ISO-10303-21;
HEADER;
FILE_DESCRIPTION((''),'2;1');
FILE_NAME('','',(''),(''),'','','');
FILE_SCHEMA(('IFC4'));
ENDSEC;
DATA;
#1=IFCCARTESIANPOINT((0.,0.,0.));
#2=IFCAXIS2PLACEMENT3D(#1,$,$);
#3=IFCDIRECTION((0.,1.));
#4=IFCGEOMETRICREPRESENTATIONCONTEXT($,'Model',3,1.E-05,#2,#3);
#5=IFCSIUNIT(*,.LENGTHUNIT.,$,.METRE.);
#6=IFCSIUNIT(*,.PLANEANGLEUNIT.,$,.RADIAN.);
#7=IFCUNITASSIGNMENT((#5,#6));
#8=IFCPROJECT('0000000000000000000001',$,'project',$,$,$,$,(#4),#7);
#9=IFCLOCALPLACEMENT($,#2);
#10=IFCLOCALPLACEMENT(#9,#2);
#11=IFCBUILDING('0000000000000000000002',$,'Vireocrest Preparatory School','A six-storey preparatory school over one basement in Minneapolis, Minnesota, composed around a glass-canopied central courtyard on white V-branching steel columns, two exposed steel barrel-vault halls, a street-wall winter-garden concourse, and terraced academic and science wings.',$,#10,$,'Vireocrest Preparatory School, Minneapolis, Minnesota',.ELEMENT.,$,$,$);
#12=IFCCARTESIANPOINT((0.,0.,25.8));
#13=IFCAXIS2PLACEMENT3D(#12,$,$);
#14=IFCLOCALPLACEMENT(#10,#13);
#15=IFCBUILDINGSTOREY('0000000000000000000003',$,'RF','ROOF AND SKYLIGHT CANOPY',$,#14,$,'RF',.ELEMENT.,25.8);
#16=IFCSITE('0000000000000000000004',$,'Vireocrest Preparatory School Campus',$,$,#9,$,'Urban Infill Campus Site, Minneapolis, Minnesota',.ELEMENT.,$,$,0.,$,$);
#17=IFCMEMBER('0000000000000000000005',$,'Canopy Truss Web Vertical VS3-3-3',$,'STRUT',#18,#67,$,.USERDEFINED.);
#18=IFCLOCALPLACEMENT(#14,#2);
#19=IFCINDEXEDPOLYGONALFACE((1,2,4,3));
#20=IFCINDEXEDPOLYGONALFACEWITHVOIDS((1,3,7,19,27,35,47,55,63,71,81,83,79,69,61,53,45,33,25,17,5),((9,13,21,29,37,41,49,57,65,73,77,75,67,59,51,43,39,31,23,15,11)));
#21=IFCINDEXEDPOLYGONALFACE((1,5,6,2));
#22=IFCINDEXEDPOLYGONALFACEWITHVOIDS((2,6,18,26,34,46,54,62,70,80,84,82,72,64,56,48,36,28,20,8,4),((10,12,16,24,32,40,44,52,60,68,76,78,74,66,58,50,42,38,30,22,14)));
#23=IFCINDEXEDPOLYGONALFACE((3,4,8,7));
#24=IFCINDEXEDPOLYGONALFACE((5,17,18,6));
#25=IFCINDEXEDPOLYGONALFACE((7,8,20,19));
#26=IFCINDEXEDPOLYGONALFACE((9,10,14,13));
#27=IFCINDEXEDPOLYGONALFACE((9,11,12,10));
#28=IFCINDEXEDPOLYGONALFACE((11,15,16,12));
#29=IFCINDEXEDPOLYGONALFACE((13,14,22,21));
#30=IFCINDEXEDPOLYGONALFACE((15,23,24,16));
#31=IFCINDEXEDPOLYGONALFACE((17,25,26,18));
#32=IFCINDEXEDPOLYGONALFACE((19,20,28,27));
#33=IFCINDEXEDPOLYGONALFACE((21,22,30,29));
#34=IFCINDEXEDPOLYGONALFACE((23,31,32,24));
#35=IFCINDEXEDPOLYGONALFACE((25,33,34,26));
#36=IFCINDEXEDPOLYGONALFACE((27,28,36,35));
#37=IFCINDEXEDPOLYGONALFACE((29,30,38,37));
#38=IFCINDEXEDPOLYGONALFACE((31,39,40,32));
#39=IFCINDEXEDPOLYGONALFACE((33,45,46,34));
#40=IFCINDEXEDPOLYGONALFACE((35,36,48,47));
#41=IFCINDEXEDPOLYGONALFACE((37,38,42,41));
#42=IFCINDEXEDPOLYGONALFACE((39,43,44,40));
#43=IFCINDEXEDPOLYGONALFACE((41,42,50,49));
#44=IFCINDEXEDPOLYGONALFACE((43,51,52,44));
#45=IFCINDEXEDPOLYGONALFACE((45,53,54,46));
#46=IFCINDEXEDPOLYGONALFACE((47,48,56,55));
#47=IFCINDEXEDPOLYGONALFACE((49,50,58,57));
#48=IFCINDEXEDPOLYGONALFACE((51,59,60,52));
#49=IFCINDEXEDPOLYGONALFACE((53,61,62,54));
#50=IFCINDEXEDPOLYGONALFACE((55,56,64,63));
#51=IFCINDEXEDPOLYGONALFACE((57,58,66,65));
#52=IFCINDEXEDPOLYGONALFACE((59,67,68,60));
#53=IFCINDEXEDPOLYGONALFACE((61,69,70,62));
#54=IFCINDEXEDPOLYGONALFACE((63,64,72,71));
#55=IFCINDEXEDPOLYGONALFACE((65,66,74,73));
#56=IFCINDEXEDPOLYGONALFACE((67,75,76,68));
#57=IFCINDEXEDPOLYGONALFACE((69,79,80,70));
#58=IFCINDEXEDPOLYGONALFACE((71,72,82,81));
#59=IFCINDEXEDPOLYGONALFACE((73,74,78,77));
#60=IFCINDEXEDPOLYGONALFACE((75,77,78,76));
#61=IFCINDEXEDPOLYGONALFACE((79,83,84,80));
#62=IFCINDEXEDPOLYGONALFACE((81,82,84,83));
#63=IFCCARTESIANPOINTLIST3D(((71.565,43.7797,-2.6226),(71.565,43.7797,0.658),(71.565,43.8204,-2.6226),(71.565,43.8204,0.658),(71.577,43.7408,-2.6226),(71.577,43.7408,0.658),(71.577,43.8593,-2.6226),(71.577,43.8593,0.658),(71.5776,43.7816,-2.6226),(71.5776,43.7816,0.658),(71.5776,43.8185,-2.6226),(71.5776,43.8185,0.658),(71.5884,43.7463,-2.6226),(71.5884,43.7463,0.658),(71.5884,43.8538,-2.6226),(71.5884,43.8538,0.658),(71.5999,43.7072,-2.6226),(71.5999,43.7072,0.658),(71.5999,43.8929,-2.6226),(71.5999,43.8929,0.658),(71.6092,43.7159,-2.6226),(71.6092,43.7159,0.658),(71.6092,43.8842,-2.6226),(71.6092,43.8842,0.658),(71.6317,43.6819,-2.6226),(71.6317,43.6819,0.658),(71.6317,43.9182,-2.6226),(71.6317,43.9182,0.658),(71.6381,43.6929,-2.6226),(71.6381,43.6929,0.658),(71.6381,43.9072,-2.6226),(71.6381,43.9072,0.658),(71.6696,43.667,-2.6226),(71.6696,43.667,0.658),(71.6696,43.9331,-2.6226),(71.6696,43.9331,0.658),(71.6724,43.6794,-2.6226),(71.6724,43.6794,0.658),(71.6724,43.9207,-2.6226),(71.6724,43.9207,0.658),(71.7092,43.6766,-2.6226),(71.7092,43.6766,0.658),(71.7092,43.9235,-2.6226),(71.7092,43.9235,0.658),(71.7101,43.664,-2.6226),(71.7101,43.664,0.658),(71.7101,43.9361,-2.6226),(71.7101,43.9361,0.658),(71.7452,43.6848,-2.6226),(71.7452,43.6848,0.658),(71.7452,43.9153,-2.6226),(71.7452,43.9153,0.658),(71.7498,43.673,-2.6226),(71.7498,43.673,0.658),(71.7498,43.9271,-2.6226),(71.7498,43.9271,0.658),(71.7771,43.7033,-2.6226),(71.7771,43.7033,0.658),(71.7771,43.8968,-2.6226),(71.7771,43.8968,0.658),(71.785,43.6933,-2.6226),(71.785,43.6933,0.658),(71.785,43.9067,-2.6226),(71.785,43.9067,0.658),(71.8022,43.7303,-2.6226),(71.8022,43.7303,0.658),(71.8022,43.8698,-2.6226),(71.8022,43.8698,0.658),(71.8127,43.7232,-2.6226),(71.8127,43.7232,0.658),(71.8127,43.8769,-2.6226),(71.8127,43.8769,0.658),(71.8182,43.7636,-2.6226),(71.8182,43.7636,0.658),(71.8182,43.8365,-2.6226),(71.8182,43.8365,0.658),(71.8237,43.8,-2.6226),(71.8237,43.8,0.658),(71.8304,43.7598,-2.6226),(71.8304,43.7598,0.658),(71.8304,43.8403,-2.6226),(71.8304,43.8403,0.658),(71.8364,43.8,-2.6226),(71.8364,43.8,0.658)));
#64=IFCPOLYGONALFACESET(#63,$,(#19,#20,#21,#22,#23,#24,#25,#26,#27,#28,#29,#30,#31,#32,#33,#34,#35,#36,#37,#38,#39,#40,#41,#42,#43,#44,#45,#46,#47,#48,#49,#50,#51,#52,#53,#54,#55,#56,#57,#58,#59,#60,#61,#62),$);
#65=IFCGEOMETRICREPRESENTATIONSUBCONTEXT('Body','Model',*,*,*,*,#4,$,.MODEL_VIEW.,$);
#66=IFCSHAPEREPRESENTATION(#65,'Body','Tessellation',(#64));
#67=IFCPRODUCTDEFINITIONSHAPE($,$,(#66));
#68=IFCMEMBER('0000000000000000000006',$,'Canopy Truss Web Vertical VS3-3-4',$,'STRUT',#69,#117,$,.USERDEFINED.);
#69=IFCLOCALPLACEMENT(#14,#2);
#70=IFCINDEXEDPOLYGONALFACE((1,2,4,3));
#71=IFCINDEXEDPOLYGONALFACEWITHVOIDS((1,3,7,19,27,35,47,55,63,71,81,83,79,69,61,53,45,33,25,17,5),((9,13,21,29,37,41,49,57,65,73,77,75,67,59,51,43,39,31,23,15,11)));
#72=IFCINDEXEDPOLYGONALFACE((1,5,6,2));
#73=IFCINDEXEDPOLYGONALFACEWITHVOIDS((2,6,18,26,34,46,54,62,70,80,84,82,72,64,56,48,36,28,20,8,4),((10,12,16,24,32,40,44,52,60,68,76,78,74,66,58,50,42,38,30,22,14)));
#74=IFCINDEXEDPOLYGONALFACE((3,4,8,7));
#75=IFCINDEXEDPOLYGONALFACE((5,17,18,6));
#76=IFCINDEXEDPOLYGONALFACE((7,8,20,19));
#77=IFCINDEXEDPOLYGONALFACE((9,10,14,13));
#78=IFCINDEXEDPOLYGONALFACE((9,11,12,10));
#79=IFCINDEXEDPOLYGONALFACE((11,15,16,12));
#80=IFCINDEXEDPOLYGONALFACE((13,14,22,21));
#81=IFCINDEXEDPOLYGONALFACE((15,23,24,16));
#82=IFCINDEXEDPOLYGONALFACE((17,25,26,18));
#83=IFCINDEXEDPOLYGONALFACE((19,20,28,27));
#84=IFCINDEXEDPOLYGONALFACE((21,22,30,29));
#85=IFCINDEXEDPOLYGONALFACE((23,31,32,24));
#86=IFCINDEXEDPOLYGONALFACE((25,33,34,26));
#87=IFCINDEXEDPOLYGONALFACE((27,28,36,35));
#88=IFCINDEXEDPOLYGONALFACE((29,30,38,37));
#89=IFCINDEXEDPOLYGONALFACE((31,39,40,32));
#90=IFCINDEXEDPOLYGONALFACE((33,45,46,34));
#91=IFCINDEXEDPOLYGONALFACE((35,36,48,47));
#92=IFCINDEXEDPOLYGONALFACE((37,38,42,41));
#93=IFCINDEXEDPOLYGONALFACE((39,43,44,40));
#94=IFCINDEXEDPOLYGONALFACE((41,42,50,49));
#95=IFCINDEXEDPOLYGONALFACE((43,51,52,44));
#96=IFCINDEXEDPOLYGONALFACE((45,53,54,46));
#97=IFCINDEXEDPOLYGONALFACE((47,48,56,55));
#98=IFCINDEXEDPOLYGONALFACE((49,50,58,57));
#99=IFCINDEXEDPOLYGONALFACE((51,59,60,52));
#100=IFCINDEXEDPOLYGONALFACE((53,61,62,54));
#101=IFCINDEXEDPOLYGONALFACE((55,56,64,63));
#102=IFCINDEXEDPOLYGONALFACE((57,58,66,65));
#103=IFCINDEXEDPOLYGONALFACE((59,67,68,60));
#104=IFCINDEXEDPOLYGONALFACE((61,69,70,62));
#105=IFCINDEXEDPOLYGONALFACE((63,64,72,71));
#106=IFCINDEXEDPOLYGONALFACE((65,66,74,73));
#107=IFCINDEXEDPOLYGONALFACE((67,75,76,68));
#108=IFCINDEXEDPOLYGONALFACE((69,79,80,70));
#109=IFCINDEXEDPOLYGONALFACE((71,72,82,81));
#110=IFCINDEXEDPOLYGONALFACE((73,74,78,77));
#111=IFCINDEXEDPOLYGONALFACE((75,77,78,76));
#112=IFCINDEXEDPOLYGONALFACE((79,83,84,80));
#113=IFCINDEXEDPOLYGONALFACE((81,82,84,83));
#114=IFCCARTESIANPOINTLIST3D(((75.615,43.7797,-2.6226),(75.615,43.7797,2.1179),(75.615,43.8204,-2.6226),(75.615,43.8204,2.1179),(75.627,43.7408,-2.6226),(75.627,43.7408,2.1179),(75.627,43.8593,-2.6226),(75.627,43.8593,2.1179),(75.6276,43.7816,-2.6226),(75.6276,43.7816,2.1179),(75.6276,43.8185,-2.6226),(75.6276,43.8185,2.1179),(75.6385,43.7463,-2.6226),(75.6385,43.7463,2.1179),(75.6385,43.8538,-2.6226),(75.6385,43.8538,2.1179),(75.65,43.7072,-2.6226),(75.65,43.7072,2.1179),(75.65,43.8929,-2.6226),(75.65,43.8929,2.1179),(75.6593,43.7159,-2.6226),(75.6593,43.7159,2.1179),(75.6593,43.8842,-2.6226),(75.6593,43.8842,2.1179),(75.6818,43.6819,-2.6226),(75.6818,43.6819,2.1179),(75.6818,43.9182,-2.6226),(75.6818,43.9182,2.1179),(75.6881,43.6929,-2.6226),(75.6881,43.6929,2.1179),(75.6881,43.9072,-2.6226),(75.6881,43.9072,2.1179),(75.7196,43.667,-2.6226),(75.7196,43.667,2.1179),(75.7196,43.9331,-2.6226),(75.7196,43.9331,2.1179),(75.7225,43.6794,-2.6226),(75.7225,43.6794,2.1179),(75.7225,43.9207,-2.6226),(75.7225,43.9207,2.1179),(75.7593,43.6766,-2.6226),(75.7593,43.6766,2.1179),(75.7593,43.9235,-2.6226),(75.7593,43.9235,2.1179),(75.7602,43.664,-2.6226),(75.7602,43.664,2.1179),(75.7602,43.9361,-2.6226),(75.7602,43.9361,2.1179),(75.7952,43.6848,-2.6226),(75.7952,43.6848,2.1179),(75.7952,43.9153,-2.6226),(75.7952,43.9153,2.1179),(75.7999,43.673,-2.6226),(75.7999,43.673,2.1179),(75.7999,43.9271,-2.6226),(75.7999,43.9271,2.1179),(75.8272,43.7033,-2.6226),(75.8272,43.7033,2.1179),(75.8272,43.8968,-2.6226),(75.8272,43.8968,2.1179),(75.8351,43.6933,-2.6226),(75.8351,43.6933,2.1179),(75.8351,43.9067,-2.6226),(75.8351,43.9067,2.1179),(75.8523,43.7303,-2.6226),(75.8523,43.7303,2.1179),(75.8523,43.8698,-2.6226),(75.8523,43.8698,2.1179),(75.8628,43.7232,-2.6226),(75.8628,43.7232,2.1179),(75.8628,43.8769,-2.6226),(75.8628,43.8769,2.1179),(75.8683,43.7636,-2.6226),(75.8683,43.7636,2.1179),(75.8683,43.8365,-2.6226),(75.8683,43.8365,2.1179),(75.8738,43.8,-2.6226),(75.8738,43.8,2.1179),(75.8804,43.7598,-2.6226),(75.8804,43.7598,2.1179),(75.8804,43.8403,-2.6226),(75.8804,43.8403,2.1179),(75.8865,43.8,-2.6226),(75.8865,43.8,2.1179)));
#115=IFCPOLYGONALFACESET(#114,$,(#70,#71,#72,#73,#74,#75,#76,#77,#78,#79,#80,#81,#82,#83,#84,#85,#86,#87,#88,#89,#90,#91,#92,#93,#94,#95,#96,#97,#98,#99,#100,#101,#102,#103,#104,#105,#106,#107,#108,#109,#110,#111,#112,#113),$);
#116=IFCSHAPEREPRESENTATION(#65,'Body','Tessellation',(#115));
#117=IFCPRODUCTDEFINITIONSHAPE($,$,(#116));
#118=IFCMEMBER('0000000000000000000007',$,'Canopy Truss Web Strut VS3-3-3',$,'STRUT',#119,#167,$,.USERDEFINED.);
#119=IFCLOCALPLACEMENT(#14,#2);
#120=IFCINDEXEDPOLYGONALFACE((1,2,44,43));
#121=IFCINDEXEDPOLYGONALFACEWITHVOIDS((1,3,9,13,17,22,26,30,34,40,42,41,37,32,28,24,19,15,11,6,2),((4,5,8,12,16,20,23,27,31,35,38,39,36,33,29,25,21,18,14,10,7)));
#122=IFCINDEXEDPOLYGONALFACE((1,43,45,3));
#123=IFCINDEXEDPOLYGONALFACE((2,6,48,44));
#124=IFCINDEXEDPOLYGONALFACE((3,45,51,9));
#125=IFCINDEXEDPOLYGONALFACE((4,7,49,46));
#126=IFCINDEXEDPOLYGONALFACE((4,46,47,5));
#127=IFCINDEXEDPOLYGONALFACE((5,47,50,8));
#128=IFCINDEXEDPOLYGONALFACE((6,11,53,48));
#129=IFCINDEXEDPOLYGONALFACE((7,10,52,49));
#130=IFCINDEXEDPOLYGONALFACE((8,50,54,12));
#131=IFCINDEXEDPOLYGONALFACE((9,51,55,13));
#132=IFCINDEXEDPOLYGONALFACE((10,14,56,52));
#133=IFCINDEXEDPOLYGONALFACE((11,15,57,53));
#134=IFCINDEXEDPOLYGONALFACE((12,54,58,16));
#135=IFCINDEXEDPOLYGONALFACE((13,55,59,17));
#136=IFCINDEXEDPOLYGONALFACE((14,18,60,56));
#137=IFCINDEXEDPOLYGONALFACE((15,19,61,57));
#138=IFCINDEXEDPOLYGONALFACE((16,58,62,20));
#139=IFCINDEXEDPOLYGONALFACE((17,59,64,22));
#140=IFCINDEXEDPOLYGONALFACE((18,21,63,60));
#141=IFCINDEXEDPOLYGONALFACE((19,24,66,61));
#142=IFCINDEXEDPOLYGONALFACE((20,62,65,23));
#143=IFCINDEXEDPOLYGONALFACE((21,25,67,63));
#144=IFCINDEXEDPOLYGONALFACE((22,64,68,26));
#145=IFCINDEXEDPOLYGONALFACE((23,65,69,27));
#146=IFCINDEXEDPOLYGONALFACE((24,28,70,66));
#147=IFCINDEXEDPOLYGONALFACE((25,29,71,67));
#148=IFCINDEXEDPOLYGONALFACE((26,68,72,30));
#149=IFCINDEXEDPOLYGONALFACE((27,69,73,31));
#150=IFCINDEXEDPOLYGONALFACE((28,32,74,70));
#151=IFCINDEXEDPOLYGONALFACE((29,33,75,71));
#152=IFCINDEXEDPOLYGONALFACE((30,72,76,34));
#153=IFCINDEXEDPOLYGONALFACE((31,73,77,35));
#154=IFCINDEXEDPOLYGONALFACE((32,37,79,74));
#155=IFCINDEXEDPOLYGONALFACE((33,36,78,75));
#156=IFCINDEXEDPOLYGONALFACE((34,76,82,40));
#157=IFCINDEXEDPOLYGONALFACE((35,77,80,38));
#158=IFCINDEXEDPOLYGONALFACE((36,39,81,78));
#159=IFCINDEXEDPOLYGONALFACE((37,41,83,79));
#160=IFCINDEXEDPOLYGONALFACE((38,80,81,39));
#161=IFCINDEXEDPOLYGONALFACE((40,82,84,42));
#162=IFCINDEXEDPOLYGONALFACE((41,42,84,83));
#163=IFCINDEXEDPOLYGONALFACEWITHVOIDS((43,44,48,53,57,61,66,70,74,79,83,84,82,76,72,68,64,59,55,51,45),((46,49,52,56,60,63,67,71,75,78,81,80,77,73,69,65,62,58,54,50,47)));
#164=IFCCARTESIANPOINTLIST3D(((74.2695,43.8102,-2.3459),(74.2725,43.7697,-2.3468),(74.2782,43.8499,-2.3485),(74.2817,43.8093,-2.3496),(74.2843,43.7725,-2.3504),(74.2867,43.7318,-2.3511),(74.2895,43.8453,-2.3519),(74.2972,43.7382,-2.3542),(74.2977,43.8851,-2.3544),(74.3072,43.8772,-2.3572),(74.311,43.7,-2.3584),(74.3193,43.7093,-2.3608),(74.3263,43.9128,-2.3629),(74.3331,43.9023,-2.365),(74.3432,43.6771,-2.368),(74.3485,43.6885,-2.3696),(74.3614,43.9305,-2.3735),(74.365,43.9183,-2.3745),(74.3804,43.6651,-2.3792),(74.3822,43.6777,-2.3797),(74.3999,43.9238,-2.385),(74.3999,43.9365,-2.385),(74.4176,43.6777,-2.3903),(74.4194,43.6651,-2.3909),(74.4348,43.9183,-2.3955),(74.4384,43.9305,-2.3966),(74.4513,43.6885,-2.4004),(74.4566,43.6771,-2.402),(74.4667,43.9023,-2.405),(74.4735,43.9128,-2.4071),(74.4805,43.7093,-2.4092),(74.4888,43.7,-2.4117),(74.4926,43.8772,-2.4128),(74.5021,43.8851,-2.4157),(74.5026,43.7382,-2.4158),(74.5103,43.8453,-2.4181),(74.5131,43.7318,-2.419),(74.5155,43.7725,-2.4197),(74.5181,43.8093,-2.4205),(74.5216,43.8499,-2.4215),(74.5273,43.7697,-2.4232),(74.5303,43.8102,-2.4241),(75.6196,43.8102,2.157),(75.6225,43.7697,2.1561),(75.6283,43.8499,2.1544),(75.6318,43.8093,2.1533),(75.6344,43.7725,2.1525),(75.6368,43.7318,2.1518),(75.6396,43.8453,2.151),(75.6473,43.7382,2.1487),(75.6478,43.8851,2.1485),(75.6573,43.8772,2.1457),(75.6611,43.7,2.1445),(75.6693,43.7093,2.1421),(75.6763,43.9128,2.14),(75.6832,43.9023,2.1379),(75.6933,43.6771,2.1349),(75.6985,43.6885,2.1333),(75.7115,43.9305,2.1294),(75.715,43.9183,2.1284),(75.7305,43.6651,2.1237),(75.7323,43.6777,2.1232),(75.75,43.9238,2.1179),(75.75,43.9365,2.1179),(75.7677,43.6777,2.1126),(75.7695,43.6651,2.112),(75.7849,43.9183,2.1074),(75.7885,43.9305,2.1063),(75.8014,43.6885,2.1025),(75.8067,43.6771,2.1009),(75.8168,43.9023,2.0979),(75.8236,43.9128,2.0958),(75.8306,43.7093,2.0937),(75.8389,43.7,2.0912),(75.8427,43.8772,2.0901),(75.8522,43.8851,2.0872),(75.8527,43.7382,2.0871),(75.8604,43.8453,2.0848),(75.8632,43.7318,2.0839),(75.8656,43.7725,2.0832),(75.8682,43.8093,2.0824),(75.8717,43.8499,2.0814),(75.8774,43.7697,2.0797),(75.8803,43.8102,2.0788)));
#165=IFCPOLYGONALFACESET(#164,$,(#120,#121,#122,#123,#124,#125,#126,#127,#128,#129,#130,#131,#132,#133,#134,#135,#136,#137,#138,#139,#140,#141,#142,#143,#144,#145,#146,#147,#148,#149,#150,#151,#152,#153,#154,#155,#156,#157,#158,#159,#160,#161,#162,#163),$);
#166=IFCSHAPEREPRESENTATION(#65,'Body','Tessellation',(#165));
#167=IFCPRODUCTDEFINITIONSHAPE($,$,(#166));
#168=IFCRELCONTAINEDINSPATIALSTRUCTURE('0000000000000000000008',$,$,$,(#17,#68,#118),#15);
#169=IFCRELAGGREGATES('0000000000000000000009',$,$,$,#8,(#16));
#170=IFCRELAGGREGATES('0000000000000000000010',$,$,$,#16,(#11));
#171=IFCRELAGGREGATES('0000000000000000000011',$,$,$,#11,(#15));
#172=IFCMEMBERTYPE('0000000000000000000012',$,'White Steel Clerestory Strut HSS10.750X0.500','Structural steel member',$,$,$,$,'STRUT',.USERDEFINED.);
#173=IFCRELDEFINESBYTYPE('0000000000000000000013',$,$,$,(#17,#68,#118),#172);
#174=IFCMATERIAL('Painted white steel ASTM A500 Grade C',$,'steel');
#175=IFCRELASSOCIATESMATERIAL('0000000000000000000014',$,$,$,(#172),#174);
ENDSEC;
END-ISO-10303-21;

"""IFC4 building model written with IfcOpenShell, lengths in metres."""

from ifc_helpers import new_model, si_unit, direction, frame, origin, origin_2d, place, context, subcontext, project, spatial, hollow_circle, extrude, material, material_profile, profile_set, type_object, element, save


model = new_model("IFC4")

# Units and contexts
model_context = context("Model", 3, precision=1e-05, world=origin(), true_north=direction((0.0, 1.0)))
body_context = subcontext(model_context, "Body", "Model", "MODEL_VIEW")
ifc_project = project(units=[si_unit("LENGTHUNIT", "METRE"), si_unit("PLANEANGLEUNIT", "RADIAN")], contexts=[model_context])

# Site, building, storey
site_placement = place(None, origin())
site = spatial("IfcSite", under=ifc_project, at=site_placement, Name="Vireocrest Preparatory School Campus", LongName="Urban Infill Campus Site, Minneapolis, Minnesota", CompositionType="ELEMENT", RefElevation=0.0)
building_placement = place(site_placement, origin())
building = spatial("IfcBuilding", under=site, at=building_placement, Name="Vireocrest Preparatory School", Description="A six-storey preparatory school over one basement in Minneapolis, Minnesota, composed around a glass-canopied central courtyard on white V-branching steel columns, two exposed steel barrel-vault halls, a street-wall winter-garden concourse, and terraced academic and science wings.", LongName="Vireocrest Preparatory School, Minneapolis, Minnesota", CompositionType="ELEMENT")
storey_placement = place(building_placement, frame((0.0, 0.0, 25.8)))
storey = spatial("IfcBuildingStorey", under=building, at=storey_placement, Name="RF", Description="ROOF AND SKYLIGHT CANOPY", LongName="RF", CompositionType="ELEMENT", Elevation=25.8)

# Shared definitions
ifc_material_1 = material(Name="Painted white steel ASTM A500 Grade C", Category="steel")

# Members
ifc_material_profile_1 = material_profile(ifc_material_1, hollow_circle(Radius=0.1365, WallThickness=0.0127, at=origin_2d()), Name="HSS10.750X0.500")
ifc_profile_set_1 = profile_set([ifc_material_profile_1], Name="Painted white steel ASTM A500 Grade C")
member_type_1 = type_object("IfcMemberType", Name="White Steel Clerestory Strut HSS10.750X0.500", Description="Structural steel member", ElementType="STRUT", PredefinedType="USERDEFINED", material=ifc_profile_set_1)
member_1_placement = place(storey_placement, frame((71.7, 43.8, -2.6226), z_axis=(0.0, 0.0, 1.0), x_axis=(1.0, 0.0, 0.0)))
element("IfcMember", 1, at=member_1_placement, inside=storey, type_object=member_type_1, Name="Canopy Truss Web Vertical VS3-3-3", ObjectType="STRUT", PredefinedType="USERDEFINED", context=body_context, shape_type="SweptSolid", body=[
    extrude(hollow_circle(Radius=0.1365, WallThickness=0.0127, at=origin_2d()), origin(), (0.0, 0.0, 1.0), 3.2805),
])
member_2_placement = place(storey_placement, frame((75.75, 43.8, -2.6226), z_axis=(0.0, 0.0, 1.0), x_axis=(1.0, 0.0, 0.0)))
element("IfcMember", 2, at=member_2_placement, inside=storey, type_object=member_type_1, Name="Canopy Truss Web Vertical VS3-3-4", ObjectType="STRUT", PredefinedType="USERDEFINED", context=body_context, shape_type="SweptSolid", body=[
    extrude(hollow_circle(Radius=0.1365, WallThickness=0.0127, at=origin_2d()), origin(), (0.0, 0.0, 1.0), 4.7405),
])
member_3_placement = place(storey_placement, frame((74.3999, 43.8, -2.385), z_axis=(0.287195, 0.0, 0.957872), x_axis=(0.0, 1.0, 0.0)))
element("IfcMember", 3, at=member_3_placement, inside=storey, type_object=member_type_1, Name="Canopy Truss Web Strut VS3-3-3", ObjectType="STRUT", PredefinedType="USERDEFINED", context=body_context, shape_type="SweptSolid", body=[
    extrude(hollow_circle(Radius=0.1365, WallThickness=0.0127, at=origin_2d()), origin(), (0.0, 0.0, 1.0), 4.7009),
])

save(model, "model.ifc")
